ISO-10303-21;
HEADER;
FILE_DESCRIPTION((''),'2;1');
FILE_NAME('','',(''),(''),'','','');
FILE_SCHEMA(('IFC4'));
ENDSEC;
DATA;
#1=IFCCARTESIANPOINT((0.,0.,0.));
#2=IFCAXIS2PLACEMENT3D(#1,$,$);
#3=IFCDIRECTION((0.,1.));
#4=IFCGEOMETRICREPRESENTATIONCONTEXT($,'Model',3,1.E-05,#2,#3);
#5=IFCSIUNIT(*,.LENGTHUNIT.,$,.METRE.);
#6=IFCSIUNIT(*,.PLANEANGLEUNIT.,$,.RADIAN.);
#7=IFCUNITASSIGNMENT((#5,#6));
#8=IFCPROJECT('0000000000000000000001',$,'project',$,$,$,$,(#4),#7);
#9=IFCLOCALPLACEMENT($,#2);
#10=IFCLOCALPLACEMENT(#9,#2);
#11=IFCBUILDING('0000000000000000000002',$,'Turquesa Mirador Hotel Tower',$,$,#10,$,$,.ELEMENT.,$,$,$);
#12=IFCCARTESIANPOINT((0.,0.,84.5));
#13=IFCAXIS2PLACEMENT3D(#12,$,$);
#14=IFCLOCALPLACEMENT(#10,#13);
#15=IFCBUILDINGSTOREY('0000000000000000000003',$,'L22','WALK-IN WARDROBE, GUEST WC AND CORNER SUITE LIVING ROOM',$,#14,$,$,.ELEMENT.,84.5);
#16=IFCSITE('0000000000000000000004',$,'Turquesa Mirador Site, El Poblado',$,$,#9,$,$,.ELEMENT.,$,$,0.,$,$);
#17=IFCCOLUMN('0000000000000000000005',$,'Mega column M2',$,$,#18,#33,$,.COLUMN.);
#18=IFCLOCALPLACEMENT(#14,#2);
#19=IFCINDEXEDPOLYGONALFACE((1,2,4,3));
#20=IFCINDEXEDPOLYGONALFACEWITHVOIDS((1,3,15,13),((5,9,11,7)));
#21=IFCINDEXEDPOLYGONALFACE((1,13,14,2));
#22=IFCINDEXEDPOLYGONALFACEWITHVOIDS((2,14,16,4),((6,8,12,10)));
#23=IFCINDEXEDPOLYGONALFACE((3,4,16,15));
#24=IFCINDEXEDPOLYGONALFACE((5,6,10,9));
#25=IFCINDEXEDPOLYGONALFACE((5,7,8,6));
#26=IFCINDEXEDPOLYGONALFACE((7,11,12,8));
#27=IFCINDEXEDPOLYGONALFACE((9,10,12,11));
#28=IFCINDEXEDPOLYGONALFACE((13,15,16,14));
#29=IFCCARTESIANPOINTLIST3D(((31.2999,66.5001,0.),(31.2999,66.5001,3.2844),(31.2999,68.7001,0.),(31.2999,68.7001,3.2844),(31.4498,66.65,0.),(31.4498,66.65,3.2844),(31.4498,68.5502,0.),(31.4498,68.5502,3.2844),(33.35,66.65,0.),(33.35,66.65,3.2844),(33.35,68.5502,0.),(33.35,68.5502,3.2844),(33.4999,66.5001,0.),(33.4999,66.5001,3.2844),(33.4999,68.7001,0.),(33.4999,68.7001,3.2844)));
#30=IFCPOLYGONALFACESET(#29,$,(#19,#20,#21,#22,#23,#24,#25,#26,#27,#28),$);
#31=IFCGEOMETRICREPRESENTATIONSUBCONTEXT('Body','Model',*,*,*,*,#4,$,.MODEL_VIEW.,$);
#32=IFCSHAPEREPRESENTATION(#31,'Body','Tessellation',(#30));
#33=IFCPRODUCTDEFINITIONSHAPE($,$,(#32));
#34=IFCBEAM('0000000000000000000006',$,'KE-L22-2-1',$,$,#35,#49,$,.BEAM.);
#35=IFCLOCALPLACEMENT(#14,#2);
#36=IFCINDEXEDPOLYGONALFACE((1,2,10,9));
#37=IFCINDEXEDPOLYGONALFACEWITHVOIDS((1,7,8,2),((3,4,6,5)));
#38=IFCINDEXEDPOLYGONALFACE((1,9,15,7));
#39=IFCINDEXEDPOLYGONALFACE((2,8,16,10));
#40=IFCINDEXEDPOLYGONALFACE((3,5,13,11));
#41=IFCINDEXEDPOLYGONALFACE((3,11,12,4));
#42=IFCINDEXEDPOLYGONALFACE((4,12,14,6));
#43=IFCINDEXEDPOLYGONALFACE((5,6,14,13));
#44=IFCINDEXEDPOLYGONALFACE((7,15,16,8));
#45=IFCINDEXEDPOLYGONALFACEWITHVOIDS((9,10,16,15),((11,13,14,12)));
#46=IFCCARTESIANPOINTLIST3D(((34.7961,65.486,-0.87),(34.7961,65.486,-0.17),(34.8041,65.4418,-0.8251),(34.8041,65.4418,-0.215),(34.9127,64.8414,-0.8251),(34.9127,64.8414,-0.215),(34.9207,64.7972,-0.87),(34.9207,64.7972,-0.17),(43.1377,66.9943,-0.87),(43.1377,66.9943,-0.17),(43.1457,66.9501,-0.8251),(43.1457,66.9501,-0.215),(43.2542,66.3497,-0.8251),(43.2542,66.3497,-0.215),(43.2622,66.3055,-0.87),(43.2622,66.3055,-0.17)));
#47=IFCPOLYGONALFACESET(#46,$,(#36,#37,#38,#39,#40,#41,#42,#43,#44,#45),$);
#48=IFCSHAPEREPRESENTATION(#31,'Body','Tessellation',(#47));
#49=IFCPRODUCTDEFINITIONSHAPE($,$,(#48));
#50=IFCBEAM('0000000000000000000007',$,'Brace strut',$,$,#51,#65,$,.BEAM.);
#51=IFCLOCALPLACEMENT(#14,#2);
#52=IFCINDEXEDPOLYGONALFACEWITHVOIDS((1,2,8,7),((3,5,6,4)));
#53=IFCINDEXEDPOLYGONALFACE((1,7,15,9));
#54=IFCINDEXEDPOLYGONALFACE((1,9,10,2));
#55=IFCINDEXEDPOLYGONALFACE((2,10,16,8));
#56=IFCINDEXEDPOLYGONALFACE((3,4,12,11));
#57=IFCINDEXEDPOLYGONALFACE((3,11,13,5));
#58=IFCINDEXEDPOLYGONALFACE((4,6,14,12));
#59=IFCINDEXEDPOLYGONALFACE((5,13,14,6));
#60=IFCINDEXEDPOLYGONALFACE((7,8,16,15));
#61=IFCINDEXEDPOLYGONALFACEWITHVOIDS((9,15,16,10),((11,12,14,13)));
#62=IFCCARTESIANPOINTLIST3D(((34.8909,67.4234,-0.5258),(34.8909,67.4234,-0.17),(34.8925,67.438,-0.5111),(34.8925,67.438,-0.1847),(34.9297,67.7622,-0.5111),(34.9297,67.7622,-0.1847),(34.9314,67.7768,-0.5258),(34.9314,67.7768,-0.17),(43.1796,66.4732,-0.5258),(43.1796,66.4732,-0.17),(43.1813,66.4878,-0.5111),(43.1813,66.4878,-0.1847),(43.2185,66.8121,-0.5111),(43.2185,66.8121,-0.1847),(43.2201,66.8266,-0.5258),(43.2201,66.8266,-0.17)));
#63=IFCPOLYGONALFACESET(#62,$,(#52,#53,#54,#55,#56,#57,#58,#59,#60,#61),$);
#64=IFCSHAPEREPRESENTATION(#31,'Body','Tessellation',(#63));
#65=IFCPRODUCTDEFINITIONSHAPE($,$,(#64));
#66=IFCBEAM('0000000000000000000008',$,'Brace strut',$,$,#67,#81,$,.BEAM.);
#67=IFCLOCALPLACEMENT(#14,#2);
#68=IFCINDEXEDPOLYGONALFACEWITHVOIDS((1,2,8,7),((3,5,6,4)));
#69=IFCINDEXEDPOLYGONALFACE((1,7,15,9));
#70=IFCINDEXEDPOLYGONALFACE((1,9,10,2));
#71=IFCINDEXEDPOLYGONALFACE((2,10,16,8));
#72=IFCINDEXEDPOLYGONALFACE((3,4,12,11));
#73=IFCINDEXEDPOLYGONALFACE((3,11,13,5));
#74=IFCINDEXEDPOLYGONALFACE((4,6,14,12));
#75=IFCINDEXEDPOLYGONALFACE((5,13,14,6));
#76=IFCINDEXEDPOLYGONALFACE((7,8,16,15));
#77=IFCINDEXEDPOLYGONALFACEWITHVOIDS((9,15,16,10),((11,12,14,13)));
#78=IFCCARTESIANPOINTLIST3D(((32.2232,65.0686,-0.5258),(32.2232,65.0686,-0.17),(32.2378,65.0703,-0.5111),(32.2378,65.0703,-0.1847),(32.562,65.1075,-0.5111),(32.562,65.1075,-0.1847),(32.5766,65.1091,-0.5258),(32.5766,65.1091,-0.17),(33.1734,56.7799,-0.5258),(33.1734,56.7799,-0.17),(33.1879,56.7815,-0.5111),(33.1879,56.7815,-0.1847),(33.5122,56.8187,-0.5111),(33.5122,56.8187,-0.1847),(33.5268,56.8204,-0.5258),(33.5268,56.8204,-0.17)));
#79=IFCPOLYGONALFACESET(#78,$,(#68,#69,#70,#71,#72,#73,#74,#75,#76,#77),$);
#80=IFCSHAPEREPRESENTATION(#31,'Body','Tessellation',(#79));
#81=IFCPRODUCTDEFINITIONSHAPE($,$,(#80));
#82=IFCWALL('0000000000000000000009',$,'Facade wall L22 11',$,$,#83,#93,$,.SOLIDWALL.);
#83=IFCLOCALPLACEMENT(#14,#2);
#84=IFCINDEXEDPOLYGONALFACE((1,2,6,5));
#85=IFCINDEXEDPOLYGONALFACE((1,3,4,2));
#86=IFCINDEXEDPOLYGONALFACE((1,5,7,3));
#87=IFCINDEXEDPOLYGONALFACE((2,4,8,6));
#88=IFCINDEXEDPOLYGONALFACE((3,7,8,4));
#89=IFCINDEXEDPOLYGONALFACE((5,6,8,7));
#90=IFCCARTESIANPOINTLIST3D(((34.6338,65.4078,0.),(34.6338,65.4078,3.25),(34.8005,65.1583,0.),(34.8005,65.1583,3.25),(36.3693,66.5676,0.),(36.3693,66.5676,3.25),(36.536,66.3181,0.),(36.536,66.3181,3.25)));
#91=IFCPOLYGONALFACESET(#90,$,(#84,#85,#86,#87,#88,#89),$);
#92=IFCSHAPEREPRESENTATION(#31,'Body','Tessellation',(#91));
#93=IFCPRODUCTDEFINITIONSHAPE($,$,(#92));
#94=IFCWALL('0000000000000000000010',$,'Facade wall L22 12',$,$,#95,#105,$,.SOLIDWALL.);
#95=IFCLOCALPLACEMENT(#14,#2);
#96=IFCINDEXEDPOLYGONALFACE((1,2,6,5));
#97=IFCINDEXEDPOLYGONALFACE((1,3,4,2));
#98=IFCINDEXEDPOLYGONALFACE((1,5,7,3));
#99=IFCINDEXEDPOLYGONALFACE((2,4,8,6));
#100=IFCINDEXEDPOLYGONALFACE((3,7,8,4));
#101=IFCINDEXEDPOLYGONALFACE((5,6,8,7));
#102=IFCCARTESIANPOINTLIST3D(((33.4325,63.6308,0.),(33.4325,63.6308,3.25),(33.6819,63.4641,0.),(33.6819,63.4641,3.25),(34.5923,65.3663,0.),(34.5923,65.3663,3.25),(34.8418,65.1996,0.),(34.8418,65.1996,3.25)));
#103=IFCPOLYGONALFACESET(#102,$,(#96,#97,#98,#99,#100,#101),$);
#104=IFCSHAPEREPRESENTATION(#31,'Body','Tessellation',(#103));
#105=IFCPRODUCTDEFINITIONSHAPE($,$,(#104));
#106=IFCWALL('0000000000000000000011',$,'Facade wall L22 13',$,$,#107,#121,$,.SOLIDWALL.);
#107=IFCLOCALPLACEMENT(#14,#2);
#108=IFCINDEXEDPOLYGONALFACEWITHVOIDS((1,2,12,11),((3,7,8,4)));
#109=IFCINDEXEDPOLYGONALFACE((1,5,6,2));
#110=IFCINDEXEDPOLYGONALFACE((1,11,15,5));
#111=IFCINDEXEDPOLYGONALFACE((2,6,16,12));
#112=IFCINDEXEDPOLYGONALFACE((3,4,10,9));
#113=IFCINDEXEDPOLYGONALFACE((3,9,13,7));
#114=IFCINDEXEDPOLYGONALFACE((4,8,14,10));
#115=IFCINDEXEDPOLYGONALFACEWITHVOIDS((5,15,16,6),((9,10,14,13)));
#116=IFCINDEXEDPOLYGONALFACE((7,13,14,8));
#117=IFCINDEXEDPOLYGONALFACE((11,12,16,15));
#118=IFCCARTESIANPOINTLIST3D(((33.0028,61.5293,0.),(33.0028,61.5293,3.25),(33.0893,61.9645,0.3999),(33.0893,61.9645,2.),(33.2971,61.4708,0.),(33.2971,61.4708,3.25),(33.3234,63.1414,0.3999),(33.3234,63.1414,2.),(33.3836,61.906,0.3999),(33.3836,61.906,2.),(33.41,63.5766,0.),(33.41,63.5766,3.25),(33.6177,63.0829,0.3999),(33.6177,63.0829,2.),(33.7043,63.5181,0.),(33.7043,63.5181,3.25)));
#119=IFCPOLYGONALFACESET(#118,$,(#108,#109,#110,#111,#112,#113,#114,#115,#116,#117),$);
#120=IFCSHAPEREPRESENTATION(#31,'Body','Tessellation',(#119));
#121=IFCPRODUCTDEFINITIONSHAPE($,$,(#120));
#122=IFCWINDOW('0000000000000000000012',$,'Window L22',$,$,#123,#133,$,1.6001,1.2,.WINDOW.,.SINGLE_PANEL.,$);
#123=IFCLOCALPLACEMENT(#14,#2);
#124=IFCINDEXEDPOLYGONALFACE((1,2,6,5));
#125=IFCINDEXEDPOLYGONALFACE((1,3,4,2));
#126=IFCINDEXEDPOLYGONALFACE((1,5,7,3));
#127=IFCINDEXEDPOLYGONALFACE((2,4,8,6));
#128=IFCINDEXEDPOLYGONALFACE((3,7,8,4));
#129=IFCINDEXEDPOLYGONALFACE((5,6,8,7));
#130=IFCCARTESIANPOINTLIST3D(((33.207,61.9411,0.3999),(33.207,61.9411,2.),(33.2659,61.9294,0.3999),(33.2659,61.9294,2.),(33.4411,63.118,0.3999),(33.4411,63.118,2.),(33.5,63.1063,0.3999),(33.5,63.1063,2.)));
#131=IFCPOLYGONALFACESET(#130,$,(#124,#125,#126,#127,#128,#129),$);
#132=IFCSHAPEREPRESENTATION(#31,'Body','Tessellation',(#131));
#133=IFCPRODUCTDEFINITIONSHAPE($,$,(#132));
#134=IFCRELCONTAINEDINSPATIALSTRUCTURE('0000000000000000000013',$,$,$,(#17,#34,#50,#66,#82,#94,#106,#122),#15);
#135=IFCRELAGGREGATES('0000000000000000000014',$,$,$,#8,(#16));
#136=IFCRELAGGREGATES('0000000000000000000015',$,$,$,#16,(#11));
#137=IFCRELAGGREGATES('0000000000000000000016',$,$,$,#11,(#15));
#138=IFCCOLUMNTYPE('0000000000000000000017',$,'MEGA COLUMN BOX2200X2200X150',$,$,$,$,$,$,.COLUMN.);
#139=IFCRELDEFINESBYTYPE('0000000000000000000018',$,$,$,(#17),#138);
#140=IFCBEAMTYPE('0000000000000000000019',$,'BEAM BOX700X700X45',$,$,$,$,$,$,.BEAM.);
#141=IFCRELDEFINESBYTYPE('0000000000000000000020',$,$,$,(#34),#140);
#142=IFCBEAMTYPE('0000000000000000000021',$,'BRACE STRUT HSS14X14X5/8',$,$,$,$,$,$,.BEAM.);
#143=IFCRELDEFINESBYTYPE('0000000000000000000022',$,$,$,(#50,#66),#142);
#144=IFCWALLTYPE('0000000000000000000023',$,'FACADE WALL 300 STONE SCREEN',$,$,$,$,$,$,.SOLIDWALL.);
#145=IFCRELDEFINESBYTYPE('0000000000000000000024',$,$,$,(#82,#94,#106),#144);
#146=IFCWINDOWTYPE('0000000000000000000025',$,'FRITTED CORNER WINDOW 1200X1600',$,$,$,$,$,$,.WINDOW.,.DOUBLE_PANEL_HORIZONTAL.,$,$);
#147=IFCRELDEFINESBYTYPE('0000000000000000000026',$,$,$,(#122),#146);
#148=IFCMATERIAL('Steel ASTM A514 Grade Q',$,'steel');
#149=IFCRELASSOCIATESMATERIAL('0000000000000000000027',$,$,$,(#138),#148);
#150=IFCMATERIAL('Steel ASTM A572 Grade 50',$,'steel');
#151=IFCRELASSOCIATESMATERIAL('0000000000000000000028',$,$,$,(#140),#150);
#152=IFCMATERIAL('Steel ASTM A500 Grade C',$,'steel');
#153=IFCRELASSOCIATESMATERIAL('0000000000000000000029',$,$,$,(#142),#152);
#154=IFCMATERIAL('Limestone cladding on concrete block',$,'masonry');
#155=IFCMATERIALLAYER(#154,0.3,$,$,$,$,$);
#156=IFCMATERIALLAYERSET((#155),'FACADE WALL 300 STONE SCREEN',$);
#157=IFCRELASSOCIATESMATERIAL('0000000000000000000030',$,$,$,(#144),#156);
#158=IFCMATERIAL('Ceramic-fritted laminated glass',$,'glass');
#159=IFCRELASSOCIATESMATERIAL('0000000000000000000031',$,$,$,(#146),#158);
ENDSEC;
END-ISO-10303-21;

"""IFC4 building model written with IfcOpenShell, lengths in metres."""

from ifc_helpers import new_model, si_unit, direction, frame, frame_2d, origin, origin_2d, place, context, subcontext, project, spatial, rectangle, hollow_rectangle, extrude, clip, halfspace, material, layer, layer_set, material_profile, profile_set, type_object, element, fill, save


model = new_model("IFC4")

# Units and contexts
model_context = context("Model", 3, precision=1e-05, world=origin(), true_north=direction((0.0, 1.0)))
body_context = subcontext(model_context, "Body", "Model", "MODEL_VIEW")
ifc_project = project(units=[si_unit("LENGTHUNIT", "METRE"), si_unit("PLANEANGLEUNIT", "RADIAN")], contexts=[model_context])

# Site, building, storey
site_placement = place(None, origin())
site = spatial("IfcSite", under=ifc_project, at=site_placement, Name="Turquesa Mirador Site, El Poblado", CompositionType="ELEMENT", RefElevation=0.0)
building_placement = place(site_placement, origin())
building = spatial("IfcBuilding", under=site, at=building_placement, Name="Turquesa Mirador Hotel Tower", CompositionType="ELEMENT")
storey_placement = place(building_placement, frame((0.0, 0.0, 84.5)))
storey = spatial("IfcBuildingStorey", under=building, at=storey_placement, Name="L22", Description="WALK-IN WARDROBE, GUEST WC AND CORNER SUITE LIVING ROOM", CompositionType="ELEMENT", Elevation=84.5)

# Column
ifc_material_1 = material(Name="Steel ASTM A514 Grade Q", Category="steel")
ifc_material_profile_1 = material_profile(ifc_material_1, hollow_rectangle(XDim=2.2, YDim=2.2, WallThickness=0.1499, at=origin_2d()), Name="BOX2200X2200X150")
ifc_profile_set_1 = profile_set([ifc_material_profile_1], Name="Steel ASTM A514 Grade Q")
column_type = type_object("IfcColumnType", Name="MEGA COLUMN BOX2200X2200X150", PredefinedType="COLUMN", material=ifc_profile_set_1)
column_placement = place(storey_placement, frame((32.3999, 67.6001, 0.0), z_axis=(0.0, 0.0, 1.0), x_axis=(1.0, 0.0, 0.0)))
element("IfcColumn", 1, at=column_placement, inside=storey, type_object=column_type, Name="Mega column M2", PredefinedType="COLUMN", context=body_context, shape_type="Clipping", body=[
    clip(extrude(hollow_rectangle(XDim=2.2, YDim=2.2, WallThickness=0.1499, at=origin_2d()), origin(), (0.0, 0.0, 1.0), 3.5), halfspace(frame((0.0, 0.0, 3.2844), z_axis=(0.0, 0.0, 1.0), x_axis=(1.0, 0.0, 0.0)), False)),
])

# Beams
ifc_material_2 = material(Name="Steel ASTM A572 Grade 50", Category="steel")
ifc_material_profile_2 = material_profile(ifc_material_2, hollow_rectangle(XDim=0.7, YDim=0.7, WallThickness=0.0449, at=origin_2d()), Name="BOX700X700X45")
ifc_profile_set_2 = profile_set([ifc_material_profile_2], Name="Steel ASTM A572 Grade 50")
beam_type_1 = type_object("IfcBeamType", Name="BEAM BOX700X700X45", PredefinedType="BEAM", material=ifc_profile_set_2)
beam_placement = place(storey_placement, frame((34.8584, 65.1416, -0.52), z_axis=(0.984043, 0.177932, 0.0), x_axis=(-0.177932, 0.984043, 0.0)))
element("IfcBeam", 2, at=beam_placement, inside=storey, type_object=beam_type_1, Name="KE-L22-2-1", PredefinedType="BEAM", context=body_context, shape_type="SweptSolid", body=[
    extrude(hollow_rectangle(XDim=0.7, YDim=0.7, WallThickness=0.0449, at=origin_2d()), origin(), (0.0, 0.0, 1.0), 8.4768),
])
ifc_material_3 = material(Name="Steel ASTM A500 Grade C", Category="steel")
ifc_material_profile_3 = material_profile(ifc_material_3, hollow_rectangle(XDim=0.3557, YDim=0.3557, WallThickness=0.0146, at=origin_2d()), Name="HSS14X14X5/8")
ifc_profile_set_3 = profile_set([ifc_material_profile_3], Name="Steel ASTM A500 Grade C")
beam_type_2 = type_object("IfcBeamType", Name="BRACE STRUT HSS14X14X5/8", PredefinedType="BEAM", material=ifc_profile_set_3)
for number, where, z_axis, x_axis, name in (
    (3, (34.9111, 67.6001, -0.3479), (0.993493, -0.11389, 0.0), (0.11389, 0.993493, 0.0), "Brace strut"),
    (4, (32.3999, 65.0889, -0.3479), (0.11389, -0.993493, 0.0), (0.993493, 0.11389, 0.0), "Brace strut"),
):
    element("IfcBeam", number, at=place(storey_placement, frame(where, z_axis=z_axis, x_axis=x_axis)), inside=storey, type_object=beam_type_2, Name=name, PredefinedType="BEAM", context=body_context, shape_type="SweptSolid", body=[
        extrude(hollow_rectangle(XDim=0.3557, YDim=0.3557, WallThickness=0.0146, at=origin_2d()), origin(), (0.0, 0.0, 1.0), 8.343),
    ])

# Walls
ifc_material_4 = material(Name="Limestone cladding on concrete block", Category="masonry")
ifc_layer = layer(ifc_material_4, 0.3)
ifc_layer_set = layer_set([ifc_layer], Name="FACADE WALL 300 STONE SCREEN")
wall_type = type_object("IfcWallType", Name="FACADE WALL 300 STONE SCREEN", PredefinedType="SOLIDWALL", material=ifc_layer_set)
for number, where, z_axis, x_axis, name in (
    (5, (36.4526, 66.4429, 0.0), (0.0, 0.0, 1.0), (-0.83142, -0.555644, 0.0), "Facade wall L22 11"),
    (6, (34.717, 65.283, 0.0), (0.0, 0.0, 1.0), (-0.555644, -0.83142, 0.0), "Facade wall L22 12"),
):
    element("IfcWall", number, at=place(storey_placement, frame(where, z_axis=z_axis, x_axis=x_axis)), inside=storey, type_object=wall_type, Name=name, PredefinedType="SOLIDWALL", context=body_context, shape_type="SweptSolid", body=[
        extrude(rectangle(XDim=2.0874, YDim=0.3, at=frame_2d((1.0437, 0.0))), origin(), (0.0, 0.0, 1.0), 3.25),
    ])

# Wall, opening, window
wall_1_placement = place(storey_placement, frame((33.5571, 63.5474, 0.0), z_axis=(0.0, 0.0, 1.0), x_axis=(-0.195081, -0.980787, 0.0)))
wall_1 = element("IfcWall", 7, at=wall_1_placement, inside=storey, type_object=wall_type, Name="Facade wall L22 13", PredefinedType="SOLIDWALL", context=body_context, shape_type="SweptSolid", body=[
    extrude(rectangle(XDim=2.0874, YDim=0.3, at=frame_2d((1.0437, 0.0))), origin(), (0.0, 0.0, 1.0), 3.25),
])
opening_1_placement = place(wall_1_placement, frame((0.4436, 0.0, 0.3999)))
opening_1 = element("IfcOpeningElement", 8, at=opening_1_placement, cuts=wall_1, PredefinedType="OPENING", context=body_context, shape_type="SweptSolid", body=[
    extrude(rectangle(XDim=1.2, YDim=1.6001, at=frame_2d((0.6001, 0.8))), frame((0.0, 0.1599, 0.0), z_axis=(0.0, -1.0, 0.0), x_axis=(1.0, 0.0, 0.0)), (0.0, 0.0, 1.0), 0.3201),
])
ifc_material_5 = material(Name="Ceramic-fritted laminated glass", Category="glass")
window_type_1 = type_object("IfcWindowType", Name="FRITTED CORNER WINDOW 1200X1600", PartitioningType="DOUBLE_PANEL_HORIZONTAL", PredefinedType="WINDOW", material=ifc_material_5)
window_1_placement = place(opening_1_placement, origin())
window_1 = element("IfcWindow", 9, at=window_1_placement, inside=storey, type_object=window_type_1, Name="Window L22", OverallHeight=1.6001, OverallWidth=1.2, PartitioningType="SINGLE_PANEL", PredefinedType="WINDOW", context=body_context, shape_type="SweptSolid", body=[
    extrude(rectangle(XDim=1.2, YDim=1.6001, at=frame_2d((0.6001, 0.8))), frame((0.0, 0.03, 0.0), z_axis=(0.0, -1.0, 0.0), x_axis=(1.0, 0.0, 0.0)), (0.0, 0.0, 1.0), 0.0601),
])
fill(opening_1, window_1)

save(model, "model.ifc")
